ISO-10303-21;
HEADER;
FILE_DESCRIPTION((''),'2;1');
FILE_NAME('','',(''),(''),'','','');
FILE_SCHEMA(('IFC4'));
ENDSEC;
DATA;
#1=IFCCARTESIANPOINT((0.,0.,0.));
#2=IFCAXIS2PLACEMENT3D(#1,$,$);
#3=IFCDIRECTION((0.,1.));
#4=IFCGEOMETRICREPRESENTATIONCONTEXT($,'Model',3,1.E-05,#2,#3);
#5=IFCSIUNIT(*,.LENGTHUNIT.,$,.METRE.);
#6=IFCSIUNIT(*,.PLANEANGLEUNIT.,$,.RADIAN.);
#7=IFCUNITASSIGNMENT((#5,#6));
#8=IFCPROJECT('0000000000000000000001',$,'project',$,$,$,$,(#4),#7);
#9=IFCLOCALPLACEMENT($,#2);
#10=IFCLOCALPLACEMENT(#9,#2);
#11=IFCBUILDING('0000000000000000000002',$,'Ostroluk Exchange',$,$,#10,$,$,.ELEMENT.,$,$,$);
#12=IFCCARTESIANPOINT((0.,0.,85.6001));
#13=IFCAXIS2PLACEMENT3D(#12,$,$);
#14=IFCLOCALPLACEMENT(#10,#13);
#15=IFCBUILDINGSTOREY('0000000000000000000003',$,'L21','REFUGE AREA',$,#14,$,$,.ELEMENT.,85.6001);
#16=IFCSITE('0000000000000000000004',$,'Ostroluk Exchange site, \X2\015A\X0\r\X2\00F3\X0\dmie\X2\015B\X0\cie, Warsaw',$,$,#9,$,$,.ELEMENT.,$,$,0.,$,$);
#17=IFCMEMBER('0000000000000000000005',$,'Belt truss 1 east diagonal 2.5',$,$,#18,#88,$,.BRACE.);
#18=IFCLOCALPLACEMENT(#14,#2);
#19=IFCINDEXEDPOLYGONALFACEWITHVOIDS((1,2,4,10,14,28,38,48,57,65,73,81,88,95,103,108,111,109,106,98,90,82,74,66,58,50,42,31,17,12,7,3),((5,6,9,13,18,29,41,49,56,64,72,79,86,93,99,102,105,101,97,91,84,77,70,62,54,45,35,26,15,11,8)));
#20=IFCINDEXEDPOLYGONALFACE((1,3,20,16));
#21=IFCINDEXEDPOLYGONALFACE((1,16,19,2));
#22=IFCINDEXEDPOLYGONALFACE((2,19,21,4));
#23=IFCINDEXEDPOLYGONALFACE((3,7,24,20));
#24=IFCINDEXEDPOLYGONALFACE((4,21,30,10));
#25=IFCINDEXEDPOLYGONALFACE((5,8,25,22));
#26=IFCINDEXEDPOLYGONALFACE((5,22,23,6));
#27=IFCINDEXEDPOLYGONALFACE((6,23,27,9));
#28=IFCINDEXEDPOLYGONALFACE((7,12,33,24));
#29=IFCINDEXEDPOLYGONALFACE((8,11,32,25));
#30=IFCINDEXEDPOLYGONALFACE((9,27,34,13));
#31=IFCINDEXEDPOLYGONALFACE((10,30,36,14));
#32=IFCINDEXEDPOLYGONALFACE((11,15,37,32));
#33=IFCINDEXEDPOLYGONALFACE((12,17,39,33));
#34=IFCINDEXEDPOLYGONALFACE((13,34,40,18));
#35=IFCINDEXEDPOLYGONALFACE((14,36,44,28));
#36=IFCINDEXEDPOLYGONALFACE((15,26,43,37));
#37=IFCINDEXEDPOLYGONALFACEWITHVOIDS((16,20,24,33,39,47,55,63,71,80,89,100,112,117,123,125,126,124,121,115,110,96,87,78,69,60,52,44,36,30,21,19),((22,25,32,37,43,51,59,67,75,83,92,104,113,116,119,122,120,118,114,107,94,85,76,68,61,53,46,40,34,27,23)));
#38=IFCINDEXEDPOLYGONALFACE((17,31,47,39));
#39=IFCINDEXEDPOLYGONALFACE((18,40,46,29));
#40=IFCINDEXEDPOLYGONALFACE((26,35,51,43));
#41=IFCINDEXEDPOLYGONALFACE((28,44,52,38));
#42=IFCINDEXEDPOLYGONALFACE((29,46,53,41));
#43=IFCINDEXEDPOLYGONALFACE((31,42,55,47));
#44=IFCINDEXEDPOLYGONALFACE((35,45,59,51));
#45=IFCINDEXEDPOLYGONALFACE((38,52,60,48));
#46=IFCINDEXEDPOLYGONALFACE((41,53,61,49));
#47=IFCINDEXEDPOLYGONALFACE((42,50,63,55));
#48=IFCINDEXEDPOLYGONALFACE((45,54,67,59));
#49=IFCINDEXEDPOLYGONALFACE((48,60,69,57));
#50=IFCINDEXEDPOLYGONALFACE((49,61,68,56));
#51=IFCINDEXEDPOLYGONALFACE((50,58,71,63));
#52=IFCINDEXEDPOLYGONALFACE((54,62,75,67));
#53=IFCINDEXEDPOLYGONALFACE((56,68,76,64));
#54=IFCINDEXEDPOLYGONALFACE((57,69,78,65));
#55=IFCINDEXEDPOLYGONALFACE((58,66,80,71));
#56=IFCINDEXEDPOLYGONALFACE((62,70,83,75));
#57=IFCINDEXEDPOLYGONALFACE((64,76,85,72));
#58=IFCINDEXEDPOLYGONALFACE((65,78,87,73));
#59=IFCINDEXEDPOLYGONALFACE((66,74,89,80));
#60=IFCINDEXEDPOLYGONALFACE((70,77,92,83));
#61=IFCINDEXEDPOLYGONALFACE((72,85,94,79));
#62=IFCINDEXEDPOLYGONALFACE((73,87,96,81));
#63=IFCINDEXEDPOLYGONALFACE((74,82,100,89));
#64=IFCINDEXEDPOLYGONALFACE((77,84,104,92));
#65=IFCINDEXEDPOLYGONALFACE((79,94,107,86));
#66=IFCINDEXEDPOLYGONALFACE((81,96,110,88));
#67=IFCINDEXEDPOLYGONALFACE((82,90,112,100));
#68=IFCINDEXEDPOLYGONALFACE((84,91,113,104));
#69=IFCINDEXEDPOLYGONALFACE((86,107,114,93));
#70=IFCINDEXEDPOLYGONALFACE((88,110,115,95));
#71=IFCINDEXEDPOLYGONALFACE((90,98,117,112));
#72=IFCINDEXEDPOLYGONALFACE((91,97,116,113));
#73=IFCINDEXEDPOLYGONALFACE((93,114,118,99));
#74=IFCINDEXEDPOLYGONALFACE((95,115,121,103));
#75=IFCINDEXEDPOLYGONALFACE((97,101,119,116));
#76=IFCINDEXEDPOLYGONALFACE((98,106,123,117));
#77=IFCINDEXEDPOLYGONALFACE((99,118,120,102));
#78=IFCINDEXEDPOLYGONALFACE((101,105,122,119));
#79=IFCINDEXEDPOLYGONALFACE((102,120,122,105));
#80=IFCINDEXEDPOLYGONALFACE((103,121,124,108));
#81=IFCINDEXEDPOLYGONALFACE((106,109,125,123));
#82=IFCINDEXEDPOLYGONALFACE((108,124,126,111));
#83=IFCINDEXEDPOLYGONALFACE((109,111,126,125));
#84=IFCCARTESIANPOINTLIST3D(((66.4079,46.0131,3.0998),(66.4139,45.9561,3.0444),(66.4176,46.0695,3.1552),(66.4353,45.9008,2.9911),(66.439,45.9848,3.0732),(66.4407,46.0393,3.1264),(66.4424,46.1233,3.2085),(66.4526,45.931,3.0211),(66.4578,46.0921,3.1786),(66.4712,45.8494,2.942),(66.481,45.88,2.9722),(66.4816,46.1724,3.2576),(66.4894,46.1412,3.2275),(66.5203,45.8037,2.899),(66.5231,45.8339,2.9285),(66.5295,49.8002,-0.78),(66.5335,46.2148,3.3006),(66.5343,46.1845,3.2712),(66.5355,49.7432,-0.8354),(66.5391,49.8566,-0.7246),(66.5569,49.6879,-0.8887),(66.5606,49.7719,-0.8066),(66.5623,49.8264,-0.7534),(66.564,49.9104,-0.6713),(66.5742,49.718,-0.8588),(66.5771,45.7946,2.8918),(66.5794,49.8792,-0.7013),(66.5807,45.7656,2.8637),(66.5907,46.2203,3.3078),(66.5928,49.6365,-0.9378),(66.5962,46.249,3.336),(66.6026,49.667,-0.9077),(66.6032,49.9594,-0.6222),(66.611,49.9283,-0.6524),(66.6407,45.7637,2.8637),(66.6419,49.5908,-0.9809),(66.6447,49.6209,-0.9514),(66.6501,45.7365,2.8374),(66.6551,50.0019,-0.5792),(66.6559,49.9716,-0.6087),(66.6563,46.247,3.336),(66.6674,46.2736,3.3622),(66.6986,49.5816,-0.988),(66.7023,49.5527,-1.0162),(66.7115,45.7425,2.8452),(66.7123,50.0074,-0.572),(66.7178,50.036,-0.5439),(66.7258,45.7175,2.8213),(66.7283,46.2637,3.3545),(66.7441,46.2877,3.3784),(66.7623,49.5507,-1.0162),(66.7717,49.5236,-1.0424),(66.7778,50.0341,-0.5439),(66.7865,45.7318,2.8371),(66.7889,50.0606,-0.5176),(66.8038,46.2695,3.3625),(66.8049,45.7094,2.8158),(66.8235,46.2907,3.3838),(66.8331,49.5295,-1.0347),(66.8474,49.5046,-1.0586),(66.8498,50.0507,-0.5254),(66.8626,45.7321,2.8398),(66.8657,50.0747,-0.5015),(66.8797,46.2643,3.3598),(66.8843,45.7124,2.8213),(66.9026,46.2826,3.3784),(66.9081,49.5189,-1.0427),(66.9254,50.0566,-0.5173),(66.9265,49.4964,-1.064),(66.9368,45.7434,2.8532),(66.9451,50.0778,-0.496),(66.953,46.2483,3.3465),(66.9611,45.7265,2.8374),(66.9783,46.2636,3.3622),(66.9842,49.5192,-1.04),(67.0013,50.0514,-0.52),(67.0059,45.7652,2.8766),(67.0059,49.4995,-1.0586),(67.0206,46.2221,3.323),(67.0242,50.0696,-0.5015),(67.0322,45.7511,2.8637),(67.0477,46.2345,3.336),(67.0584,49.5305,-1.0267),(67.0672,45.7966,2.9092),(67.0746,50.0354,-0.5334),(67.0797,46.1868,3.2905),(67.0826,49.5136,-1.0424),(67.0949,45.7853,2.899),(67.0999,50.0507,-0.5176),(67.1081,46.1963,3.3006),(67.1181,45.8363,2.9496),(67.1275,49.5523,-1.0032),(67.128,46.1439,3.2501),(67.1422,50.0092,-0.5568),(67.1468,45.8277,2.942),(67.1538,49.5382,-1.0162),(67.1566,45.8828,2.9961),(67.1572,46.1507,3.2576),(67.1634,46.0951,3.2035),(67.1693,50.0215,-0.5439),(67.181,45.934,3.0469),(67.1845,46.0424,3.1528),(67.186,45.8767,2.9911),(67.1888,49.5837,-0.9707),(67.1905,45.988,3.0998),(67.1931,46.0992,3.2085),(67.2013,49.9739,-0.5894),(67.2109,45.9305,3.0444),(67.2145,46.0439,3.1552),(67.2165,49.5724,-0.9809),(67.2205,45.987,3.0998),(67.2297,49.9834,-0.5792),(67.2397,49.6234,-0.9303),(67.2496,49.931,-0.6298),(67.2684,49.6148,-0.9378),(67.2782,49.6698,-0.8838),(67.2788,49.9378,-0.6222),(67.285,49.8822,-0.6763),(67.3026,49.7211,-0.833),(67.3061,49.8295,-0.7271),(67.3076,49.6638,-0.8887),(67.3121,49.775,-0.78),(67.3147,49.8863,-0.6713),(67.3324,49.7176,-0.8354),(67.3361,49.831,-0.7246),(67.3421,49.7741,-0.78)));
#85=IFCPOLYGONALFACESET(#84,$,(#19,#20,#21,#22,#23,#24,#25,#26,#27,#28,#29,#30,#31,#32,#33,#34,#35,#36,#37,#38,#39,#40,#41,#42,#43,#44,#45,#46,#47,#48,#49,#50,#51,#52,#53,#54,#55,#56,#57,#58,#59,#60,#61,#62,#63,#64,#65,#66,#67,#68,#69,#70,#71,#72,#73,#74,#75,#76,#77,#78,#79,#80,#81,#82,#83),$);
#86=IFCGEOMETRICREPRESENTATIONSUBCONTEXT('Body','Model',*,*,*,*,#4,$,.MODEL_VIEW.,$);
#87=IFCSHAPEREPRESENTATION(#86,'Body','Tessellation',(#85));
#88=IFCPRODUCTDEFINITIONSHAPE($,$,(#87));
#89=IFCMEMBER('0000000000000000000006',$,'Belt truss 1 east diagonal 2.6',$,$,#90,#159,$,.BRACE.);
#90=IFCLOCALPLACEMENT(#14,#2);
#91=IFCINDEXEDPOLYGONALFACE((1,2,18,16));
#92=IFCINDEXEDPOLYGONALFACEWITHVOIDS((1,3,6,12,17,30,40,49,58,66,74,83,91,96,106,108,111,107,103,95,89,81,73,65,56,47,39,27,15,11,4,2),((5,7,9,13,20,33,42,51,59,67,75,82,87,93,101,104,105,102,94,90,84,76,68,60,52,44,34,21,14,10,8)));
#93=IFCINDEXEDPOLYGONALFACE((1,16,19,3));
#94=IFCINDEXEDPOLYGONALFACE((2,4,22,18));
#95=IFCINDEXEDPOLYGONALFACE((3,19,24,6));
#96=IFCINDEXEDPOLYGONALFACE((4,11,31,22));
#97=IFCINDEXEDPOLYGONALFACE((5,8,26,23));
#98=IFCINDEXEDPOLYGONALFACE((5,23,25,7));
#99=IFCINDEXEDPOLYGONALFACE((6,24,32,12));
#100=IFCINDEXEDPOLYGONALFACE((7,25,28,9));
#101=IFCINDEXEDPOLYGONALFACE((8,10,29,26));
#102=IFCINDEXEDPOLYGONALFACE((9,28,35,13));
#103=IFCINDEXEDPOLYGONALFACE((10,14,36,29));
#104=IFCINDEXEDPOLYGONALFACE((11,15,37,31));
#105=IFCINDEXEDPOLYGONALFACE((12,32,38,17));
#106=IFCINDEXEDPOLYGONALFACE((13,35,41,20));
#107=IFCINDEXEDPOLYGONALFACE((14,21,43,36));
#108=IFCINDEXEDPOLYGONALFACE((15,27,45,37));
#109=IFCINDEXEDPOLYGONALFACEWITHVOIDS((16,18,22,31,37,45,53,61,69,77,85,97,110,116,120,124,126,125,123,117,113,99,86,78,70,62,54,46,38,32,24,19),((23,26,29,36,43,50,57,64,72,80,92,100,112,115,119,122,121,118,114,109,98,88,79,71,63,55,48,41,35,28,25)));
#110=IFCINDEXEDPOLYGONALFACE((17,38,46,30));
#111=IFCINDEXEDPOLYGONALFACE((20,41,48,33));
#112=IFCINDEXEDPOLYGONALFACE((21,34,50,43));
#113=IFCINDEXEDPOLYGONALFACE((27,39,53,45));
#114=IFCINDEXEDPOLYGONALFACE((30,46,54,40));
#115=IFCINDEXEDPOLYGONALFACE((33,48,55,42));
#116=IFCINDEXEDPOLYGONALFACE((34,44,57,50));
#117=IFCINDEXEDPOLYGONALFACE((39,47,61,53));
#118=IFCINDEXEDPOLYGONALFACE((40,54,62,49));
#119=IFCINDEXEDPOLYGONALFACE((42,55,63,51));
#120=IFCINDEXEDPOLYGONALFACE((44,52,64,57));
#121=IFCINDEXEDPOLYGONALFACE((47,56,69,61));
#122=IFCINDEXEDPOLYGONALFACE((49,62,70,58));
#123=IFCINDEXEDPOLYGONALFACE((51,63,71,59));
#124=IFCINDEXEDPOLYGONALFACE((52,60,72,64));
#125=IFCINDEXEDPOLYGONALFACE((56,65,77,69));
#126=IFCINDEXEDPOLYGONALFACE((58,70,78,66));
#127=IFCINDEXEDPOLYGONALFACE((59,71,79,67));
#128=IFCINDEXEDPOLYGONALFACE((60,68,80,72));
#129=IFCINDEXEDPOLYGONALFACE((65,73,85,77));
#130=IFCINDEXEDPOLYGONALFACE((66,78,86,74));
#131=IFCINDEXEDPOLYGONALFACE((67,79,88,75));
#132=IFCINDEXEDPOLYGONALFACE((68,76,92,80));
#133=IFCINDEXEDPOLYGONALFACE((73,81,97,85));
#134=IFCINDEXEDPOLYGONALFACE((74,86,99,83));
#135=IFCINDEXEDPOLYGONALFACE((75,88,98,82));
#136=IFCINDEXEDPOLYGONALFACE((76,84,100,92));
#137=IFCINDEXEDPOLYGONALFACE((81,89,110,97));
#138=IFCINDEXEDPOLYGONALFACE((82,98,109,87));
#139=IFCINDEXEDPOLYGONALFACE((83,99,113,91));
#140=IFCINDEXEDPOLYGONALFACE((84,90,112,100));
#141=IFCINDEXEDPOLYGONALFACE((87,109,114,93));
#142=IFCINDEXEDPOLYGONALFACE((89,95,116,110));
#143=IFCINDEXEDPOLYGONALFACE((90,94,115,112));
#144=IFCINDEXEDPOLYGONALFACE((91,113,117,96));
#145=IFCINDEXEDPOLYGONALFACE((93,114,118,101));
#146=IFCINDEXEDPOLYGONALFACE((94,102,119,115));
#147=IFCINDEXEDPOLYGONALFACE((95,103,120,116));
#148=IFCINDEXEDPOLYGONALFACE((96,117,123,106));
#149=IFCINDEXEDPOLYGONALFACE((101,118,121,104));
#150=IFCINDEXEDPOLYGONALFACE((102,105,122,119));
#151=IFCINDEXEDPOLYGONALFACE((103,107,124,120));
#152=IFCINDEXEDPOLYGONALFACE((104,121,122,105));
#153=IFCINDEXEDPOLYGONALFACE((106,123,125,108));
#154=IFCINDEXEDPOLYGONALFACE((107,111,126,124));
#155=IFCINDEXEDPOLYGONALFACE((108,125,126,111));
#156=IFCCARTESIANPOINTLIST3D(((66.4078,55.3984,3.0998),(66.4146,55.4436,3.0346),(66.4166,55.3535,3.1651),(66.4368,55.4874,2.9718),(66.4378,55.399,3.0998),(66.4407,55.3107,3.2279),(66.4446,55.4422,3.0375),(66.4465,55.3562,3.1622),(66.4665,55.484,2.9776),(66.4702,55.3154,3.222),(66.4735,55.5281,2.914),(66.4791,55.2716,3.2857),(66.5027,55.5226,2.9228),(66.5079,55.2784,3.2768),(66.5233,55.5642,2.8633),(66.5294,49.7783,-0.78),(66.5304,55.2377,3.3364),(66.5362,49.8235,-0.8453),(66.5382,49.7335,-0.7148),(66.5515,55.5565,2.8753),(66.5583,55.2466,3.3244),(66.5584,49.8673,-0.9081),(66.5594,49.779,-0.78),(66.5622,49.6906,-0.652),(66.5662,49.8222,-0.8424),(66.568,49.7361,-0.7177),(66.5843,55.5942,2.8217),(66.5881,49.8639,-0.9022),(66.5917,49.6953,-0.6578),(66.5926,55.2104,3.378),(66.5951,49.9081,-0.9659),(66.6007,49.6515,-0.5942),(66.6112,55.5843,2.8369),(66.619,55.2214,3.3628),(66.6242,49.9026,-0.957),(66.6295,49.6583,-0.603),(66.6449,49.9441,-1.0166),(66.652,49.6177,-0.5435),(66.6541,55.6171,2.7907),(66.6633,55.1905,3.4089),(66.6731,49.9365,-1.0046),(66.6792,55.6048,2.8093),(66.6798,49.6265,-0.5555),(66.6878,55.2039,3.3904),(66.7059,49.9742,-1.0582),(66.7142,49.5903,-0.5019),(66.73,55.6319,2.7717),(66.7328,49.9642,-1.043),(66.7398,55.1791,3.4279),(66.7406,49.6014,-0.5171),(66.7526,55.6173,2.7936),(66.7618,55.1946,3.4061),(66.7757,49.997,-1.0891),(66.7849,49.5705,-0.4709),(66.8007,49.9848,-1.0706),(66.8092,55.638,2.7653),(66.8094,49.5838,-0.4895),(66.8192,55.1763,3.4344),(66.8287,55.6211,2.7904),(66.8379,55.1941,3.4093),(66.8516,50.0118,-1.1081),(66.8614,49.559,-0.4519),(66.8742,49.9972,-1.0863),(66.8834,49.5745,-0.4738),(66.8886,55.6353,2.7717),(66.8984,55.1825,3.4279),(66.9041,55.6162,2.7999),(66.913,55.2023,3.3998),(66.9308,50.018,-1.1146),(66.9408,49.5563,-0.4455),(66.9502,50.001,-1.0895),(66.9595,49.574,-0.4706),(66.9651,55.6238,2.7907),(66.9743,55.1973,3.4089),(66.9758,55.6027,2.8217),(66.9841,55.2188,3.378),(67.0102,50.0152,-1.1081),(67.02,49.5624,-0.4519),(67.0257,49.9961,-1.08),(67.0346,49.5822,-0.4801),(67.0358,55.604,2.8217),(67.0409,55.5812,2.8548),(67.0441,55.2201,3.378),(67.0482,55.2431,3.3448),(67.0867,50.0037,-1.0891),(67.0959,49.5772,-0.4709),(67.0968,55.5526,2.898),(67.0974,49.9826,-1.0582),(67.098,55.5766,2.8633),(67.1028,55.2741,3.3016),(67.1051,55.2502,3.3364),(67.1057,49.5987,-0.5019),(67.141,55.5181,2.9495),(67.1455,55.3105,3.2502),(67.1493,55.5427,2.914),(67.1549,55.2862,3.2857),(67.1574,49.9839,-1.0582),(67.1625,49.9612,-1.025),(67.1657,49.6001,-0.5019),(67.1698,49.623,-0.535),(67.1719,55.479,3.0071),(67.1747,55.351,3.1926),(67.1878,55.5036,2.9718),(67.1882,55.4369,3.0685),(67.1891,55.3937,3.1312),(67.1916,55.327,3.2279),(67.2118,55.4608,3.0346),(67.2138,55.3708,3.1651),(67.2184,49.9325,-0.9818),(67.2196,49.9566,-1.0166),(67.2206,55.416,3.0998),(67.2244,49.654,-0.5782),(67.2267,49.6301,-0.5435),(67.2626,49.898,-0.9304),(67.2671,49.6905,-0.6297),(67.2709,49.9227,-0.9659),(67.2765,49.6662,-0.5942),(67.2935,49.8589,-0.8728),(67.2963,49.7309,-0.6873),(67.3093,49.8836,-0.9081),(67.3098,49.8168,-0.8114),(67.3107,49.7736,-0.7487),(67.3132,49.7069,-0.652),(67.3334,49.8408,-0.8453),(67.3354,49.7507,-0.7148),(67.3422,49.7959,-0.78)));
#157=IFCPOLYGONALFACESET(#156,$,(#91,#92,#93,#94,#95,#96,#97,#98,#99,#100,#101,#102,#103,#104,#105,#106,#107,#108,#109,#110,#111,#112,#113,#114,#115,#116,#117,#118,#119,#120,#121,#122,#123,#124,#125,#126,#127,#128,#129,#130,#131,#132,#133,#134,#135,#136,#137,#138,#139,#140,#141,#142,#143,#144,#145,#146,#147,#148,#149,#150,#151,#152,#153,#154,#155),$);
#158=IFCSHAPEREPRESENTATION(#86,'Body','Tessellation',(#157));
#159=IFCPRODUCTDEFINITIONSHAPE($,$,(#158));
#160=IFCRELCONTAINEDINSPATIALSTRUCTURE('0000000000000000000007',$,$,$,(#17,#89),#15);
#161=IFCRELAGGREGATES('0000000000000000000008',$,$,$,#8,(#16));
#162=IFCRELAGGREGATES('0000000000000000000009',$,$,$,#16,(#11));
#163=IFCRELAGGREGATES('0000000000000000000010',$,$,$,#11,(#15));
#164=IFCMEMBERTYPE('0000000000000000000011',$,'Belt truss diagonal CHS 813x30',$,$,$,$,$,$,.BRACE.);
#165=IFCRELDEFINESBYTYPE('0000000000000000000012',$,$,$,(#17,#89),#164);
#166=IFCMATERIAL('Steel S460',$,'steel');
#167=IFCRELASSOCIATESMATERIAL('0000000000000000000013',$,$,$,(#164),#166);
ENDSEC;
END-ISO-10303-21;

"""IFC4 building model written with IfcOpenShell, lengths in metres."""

from ifc_helpers import new_model, si_unit, direction, frame, origin, origin_2d, place, context, subcontext, project, spatial, hollow_circle, extrude, material, material_profile, profile_set, type_object, element, save


model = new_model("IFC4")

# Units and contexts
model_context = context("Model", 3, precision=1e-05, world=origin(), true_north=direction((0.0, 1.0)))
body_context = subcontext(model_context, "Body", "Model", "MODEL_VIEW")
ifc_project = project(units=[si_unit("LENGTHUNIT", "METRE"), si_unit("PLANEANGLEUNIT", "RADIAN")], contexts=[model_context])

# Site, building, storey
site_placement = place(None, origin())
site = spatial("IfcSite", under=ifc_project, at=site_placement, Name="Ostroluk Exchange site, Śródmieście, Warsaw", CompositionType="ELEMENT", RefElevation=0.0)
building_placement = place(site_placement, origin())
building = spatial("IfcBuilding", under=site, at=building_placement, Name="Ostroluk Exchange", CompositionType="ELEMENT")
storey_placement = place(building_placement, frame((0.0, 0.0, 85.6001)))
storey = spatial("IfcBuildingStorey", under=building, at=storey_placement, Name="L21", Description="REFUGE AREA", CompositionType="ELEMENT", Elevation=85.6001)

# Members
ifc_material_1 = material(Name="Steel S460", Category="steel")
ifc_material_profile_1 = material_profile(ifc_material_1, hollow_circle(Radius=0.4065, WallThickness=0.03, at=origin_2d()), Name="CHS 813x30")
ifc_profile_set_1 = profile_set([ifc_material_profile_1], Name="Steel S460")
member_type_1 = type_object("IfcMemberType", Name="Belt truss diagonal CHS 813x30", PredefinedType="BRACE", material=ifc_profile_set_1)
member_1_placement = place(storey_placement, frame((66.9358, 49.7871, -0.78), z_axis=(-0.022419, -0.698324, 0.715431), x_axis=(0.999485, -0.032088, 0.0)))
element("IfcMember", 1, at=member_1_placement, inside=storey, type_object=member_type_1, Name="Belt truss 1 east diagonal 2.5", PredefinedType="BRACE", context=body_context, shape_type="SweptSolid", body=[
    extrude(hollow_circle(Radius=0.4065, WallThickness=0.03, at=origin_2d()), origin(), (0.0, 0.0, 1.0), 5.4231),
])
member_2_placement = place(storey_placement, frame((66.9358, 49.7871, -0.78), z_axis=(-0.0178, 0.822813, 0.568034), x_axis=(-0.999766, -0.021628, 0.0)))
element("IfcMember", 2, at=member_2_placement, inside=storey, type_object=member_type_1, Name="Belt truss 1 east diagonal 2.6", PredefinedType="BRACE", context=body_context, shape_type="SweptSolid", body=[
    extrude(hollow_circle(Radius=0.4065, WallThickness=0.03, at=origin_2d()), origin(), (0.0, 0.0, 1.0), 6.8303),
])

save(model, "model.ifc")
